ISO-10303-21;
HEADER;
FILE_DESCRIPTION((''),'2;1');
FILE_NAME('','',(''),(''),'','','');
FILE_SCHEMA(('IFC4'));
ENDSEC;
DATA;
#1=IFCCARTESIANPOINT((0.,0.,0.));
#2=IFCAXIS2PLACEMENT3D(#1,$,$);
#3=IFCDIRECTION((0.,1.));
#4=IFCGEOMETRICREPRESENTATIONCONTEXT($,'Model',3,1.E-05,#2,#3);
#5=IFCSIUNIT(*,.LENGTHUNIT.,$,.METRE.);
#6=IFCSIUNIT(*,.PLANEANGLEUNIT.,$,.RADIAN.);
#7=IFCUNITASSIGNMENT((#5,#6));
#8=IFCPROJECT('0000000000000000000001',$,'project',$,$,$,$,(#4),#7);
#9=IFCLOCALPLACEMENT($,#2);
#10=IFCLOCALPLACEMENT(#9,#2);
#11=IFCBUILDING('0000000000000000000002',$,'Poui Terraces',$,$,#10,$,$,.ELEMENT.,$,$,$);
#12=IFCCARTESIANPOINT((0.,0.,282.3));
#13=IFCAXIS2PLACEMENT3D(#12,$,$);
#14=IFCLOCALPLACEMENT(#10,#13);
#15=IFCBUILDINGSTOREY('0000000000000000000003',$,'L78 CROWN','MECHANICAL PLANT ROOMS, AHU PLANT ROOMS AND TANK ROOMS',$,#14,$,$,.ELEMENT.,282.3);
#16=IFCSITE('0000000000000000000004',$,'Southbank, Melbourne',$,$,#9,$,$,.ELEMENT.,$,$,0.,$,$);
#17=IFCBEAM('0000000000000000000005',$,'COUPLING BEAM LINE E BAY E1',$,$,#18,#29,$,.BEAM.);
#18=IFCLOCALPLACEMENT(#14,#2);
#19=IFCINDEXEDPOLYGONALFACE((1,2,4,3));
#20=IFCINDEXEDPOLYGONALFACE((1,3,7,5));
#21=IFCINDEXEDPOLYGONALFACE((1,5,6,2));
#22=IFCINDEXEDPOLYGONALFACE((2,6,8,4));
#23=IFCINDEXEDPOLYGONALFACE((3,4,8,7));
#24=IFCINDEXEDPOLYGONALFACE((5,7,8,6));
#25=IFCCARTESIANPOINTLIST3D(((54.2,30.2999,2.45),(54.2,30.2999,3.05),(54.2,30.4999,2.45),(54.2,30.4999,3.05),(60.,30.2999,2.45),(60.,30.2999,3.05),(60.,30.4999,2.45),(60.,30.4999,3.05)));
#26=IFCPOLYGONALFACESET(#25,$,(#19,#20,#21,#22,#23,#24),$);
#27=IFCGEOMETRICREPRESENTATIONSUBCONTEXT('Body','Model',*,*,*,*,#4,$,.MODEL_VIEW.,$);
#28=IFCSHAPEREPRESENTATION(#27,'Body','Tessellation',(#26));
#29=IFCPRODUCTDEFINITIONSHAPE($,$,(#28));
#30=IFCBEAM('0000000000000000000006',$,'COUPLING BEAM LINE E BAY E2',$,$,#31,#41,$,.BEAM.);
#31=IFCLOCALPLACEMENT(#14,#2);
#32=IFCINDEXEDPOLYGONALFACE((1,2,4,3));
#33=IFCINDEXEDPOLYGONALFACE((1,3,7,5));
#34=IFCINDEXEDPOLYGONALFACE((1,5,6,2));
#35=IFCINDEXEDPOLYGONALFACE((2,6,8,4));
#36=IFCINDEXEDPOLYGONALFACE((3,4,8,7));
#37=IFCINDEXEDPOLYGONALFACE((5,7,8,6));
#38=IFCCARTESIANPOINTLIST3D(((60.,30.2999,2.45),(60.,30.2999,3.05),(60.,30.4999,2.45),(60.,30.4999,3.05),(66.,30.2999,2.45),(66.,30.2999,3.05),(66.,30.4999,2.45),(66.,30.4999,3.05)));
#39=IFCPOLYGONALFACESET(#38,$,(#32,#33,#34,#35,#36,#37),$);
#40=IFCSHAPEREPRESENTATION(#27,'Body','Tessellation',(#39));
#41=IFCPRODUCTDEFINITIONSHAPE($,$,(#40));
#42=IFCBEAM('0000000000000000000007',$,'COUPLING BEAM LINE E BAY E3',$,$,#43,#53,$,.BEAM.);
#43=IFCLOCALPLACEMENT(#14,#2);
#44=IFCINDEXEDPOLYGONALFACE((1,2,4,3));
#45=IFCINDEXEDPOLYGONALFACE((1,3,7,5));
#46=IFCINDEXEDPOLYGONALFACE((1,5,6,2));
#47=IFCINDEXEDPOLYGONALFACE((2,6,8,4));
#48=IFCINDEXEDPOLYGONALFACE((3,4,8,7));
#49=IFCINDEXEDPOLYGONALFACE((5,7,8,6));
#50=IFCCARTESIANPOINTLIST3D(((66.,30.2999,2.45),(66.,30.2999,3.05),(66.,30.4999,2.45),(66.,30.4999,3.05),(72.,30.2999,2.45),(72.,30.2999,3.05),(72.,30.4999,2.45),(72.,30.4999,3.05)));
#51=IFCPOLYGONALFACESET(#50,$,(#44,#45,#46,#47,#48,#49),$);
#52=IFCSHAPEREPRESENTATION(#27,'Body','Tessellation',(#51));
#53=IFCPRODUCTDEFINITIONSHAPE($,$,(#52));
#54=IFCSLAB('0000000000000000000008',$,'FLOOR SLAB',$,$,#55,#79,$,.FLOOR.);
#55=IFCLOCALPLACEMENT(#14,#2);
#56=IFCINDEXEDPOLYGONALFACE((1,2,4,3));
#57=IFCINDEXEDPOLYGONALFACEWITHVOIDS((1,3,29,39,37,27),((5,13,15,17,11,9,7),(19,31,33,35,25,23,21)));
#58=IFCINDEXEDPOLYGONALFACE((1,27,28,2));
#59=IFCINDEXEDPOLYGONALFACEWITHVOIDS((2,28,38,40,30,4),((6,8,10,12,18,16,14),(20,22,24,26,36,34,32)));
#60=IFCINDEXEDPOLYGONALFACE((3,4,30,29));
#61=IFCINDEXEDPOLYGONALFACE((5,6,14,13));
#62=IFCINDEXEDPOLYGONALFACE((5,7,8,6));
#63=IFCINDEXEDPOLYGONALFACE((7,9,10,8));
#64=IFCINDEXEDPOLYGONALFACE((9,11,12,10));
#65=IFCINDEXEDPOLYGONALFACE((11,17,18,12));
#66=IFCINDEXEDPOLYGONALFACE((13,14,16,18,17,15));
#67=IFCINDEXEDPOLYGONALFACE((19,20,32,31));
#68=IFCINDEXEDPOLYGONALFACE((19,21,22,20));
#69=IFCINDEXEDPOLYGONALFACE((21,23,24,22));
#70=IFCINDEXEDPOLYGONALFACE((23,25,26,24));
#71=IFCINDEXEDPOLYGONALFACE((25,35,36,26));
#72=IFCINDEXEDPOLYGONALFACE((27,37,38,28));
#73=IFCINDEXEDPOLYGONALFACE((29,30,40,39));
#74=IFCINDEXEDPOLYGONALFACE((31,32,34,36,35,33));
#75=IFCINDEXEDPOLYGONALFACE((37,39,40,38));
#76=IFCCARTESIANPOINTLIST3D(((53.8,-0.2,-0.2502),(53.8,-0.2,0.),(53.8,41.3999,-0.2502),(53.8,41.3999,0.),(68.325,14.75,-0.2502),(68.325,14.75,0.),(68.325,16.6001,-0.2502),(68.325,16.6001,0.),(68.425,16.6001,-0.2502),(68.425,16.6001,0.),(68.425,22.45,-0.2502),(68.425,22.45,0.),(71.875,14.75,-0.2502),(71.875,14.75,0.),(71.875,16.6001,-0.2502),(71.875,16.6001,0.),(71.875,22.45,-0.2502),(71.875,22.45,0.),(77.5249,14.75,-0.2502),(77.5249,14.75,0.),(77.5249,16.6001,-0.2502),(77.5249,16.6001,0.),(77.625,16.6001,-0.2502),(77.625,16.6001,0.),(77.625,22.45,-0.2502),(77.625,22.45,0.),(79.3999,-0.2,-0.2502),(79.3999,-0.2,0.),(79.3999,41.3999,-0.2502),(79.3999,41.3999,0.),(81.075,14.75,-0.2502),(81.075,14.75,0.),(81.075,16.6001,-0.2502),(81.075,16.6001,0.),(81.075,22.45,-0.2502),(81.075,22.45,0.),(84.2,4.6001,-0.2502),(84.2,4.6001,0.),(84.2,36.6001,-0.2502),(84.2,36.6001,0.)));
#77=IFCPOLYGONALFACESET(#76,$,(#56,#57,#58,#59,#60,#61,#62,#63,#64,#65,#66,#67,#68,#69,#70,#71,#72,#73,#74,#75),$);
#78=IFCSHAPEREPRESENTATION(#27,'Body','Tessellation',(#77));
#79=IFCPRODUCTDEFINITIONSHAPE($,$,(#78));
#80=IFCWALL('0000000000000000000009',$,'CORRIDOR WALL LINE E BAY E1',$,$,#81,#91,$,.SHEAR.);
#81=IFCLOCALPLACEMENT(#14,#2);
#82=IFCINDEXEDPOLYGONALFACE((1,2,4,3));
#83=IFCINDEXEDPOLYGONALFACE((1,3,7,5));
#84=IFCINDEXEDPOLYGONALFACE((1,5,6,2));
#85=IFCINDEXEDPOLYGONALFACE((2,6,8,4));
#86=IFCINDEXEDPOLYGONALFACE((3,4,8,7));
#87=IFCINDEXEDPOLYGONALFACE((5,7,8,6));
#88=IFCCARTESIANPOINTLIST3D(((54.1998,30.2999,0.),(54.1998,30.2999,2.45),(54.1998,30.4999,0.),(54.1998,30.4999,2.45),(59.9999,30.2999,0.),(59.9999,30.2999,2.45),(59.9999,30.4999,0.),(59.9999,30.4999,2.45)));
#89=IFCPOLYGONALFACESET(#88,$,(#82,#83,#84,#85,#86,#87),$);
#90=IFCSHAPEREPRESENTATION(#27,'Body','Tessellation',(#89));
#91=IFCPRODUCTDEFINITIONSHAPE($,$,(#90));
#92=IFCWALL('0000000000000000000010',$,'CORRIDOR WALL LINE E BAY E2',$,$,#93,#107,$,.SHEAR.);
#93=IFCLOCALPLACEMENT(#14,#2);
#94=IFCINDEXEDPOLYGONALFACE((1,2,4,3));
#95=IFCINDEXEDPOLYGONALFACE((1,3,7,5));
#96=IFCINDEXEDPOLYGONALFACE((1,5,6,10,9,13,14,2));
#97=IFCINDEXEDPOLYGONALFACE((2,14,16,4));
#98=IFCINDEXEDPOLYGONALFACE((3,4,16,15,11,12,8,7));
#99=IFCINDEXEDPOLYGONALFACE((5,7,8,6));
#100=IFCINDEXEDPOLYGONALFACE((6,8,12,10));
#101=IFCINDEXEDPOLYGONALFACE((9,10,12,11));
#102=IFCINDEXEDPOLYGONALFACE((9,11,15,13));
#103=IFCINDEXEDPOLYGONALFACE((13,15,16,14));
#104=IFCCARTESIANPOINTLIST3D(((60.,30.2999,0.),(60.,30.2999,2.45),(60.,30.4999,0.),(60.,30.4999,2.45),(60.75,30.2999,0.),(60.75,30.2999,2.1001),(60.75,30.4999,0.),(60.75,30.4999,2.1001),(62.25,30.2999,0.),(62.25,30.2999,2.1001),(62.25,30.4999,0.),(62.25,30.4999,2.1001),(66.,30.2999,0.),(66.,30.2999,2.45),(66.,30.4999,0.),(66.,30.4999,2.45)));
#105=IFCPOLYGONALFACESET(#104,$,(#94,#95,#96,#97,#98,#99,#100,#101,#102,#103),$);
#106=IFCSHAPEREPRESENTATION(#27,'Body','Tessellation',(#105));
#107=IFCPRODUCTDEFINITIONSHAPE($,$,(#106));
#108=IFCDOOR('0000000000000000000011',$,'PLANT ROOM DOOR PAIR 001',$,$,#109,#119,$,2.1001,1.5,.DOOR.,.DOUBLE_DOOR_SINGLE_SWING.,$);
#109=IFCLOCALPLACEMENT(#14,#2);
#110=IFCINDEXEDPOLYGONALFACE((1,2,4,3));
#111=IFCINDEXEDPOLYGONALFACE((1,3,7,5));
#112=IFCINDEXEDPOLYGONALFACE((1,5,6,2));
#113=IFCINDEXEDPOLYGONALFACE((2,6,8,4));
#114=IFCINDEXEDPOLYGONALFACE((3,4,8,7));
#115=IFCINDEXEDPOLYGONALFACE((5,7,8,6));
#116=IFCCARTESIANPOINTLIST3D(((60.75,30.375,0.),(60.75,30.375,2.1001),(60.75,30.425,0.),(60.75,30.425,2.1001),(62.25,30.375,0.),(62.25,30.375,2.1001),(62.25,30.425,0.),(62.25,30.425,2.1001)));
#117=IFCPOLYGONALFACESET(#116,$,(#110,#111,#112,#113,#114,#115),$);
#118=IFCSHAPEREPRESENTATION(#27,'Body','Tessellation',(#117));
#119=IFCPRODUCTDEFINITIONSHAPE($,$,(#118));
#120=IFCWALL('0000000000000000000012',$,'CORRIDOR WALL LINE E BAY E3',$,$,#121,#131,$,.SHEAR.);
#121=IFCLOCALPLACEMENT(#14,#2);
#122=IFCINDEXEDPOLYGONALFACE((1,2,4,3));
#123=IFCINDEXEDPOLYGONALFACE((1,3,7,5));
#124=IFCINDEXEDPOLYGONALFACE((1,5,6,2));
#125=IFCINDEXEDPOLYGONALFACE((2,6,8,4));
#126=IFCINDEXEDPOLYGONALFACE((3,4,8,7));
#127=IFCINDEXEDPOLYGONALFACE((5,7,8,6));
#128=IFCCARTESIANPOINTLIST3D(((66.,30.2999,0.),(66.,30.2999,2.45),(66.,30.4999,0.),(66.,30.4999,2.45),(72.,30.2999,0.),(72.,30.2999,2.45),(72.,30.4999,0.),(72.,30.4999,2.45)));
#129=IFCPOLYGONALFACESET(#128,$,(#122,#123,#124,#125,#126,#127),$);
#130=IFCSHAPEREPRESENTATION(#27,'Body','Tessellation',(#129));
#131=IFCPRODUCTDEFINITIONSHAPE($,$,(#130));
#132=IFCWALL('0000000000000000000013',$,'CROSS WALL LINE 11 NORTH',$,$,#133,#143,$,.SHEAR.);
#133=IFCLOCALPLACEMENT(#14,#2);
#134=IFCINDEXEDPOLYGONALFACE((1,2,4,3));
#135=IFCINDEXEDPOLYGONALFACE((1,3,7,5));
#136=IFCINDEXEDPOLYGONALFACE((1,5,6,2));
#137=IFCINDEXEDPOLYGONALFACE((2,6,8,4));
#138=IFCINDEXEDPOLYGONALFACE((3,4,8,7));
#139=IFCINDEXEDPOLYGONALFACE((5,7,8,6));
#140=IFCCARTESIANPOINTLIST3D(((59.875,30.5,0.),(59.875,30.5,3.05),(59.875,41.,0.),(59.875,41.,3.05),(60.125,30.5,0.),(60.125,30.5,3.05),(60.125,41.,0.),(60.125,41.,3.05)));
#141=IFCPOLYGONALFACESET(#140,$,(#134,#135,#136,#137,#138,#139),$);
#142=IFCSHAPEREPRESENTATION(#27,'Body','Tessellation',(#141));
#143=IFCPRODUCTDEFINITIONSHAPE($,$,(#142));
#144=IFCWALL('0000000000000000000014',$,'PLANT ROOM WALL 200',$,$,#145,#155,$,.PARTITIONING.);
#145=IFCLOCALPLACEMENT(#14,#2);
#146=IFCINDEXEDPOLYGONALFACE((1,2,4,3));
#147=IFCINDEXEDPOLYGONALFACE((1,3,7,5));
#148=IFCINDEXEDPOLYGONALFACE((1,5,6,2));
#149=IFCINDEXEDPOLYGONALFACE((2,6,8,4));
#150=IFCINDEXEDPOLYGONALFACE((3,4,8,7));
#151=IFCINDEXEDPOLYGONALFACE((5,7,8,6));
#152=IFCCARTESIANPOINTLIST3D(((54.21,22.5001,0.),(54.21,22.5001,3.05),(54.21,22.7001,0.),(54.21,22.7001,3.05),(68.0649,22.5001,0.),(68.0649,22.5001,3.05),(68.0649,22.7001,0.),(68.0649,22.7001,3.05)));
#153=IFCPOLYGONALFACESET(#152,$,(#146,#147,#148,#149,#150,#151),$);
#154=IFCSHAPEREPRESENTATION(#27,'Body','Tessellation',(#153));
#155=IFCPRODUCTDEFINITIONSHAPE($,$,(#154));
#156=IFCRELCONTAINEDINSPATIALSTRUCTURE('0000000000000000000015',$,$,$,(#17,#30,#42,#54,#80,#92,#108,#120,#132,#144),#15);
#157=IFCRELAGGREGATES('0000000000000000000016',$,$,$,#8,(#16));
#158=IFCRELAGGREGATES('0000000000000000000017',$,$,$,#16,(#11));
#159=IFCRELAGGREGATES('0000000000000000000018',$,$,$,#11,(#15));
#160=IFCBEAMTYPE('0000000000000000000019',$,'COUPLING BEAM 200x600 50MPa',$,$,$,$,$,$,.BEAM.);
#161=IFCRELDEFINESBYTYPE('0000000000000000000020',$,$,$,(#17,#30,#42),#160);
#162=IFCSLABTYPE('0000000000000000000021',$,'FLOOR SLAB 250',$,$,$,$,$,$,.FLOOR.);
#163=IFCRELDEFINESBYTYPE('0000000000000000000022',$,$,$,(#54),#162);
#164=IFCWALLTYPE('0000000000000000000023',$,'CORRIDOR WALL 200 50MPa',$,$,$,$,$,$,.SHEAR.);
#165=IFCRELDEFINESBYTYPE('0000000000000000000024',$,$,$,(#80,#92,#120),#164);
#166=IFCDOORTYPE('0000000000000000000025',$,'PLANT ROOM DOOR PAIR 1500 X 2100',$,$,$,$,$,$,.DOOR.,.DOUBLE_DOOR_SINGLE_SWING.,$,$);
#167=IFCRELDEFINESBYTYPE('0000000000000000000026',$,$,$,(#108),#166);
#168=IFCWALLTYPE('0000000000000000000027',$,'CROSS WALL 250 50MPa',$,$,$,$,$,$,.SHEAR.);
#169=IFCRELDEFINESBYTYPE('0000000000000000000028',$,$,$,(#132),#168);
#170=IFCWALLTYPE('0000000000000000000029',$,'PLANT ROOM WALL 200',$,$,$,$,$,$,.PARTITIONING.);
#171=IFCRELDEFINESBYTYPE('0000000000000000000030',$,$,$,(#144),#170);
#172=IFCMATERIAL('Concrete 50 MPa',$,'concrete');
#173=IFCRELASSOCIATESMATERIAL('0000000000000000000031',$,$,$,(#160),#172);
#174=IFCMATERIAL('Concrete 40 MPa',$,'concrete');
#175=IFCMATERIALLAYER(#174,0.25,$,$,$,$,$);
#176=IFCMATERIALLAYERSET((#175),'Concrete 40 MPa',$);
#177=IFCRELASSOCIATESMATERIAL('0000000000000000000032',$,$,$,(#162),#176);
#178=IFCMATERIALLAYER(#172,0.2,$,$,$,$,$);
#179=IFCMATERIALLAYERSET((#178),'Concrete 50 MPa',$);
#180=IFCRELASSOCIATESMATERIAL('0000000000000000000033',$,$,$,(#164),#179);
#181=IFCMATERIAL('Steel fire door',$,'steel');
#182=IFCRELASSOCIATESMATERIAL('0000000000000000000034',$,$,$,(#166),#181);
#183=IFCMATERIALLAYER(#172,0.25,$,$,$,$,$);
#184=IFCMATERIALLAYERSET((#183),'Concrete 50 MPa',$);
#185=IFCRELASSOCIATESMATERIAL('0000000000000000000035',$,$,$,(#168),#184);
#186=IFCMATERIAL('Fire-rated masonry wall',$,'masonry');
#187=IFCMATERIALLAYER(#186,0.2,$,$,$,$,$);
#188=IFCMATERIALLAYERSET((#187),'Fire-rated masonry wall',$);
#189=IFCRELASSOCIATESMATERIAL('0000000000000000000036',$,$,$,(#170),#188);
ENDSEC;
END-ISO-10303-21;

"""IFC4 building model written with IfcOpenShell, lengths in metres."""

from ifc_helpers import new_model, si_unit, direction, frame, frame_2d, origin, origin_2d, place, context, subcontext, project, spatial, polyline, rectangle, outline, extrude, source, transform, mapped, material, layer, layer_set, material_profile, profile_set, type_object, element, fill, save


model = new_model("IFC4")

# Units and contexts
model_context = context("Model", 3, precision=1e-05, world=origin(), true_north=direction((0.0, 1.0)))
body_context = subcontext(model_context, "Body", "Model", "MODEL_VIEW")
ifc_project = project(units=[si_unit("LENGTHUNIT", "METRE"), si_unit("PLANEANGLEUNIT", "RADIAN")], contexts=[model_context])

# Site, building, storey
site_placement = place(None, origin())
site = spatial("IfcSite", under=ifc_project, at=site_placement, Name="Southbank, Melbourne", CompositionType="ELEMENT", RefElevation=0.0)
building_placement = place(site_placement, origin())
building = spatial("IfcBuilding", under=site, at=building_placement, Name="Poui Terraces", CompositionType="ELEMENT")
storey_placement = place(building_placement, frame((0.0, 0.0, 282.3)))
storey = spatial("IfcBuildingStorey", under=building, at=storey_placement, Name="L78 CROWN", Description="MECHANICAL PLANT ROOMS, AHU PLANT ROOMS AND TANK ROOMS", CompositionType="ELEMENT", Elevation=282.3)

# Beams
ifc_material_1 = material(Name="Concrete 50 MPa", Category="concrete")
ifc_material_profile_1 = material_profile(ifc_material_1, rectangle(XDim=0.2, YDim=0.6001, at=origin_2d()), Name="RC 200x600")
ifc_profile_set_1 = profile_set([ifc_material_profile_1], Name="Concrete 50 MPa")
beam_type = type_object("IfcBeamType", Name="COUPLING BEAM 200x600 50MPa", PredefinedType="BEAM", material=ifc_profile_set_1)
shared_shape_1 = source(origin(), body_context, "Body", "SweptSolid", [
    extrude(rectangle(XDim=0.2, YDim=0.6001, at=origin_2d()), origin(), (0.0, 0.0, 1.0), 5.8),
])
beam_placement = place(storey_placement, frame((54.2, 30.3999, 2.75), z_axis=(1.0, 0.0, 0.0), x_axis=(0.0, 1.0, 0.0)))
element("IfcBeam", 1, at=beam_placement, inside=storey, type_object=beam_type, Name="COUPLING BEAM LINE E BAY E1", PredefinedType="BEAM", context=body_context, shape_type="MappedRepresentation", body=[
    mapped(shared_shape_1, transform((0.0, 0.0, 0.0))),
])
shared_shape_2 = source(origin(), body_context, "Body", "SweptSolid", [
    extrude(rectangle(XDim=0.2, YDim=0.6001, at=origin_2d()), origin(), (0.0, 0.0, 1.0), 6.0),
])
for number, where, z_axis, x_axis, name in (
    (2, (60.0, 30.3999, 2.75), (1.0, 0.0, 0.0), (0.0, 1.0, 0.0), "COUPLING BEAM LINE E BAY E2"),
    (3, (66.0, 30.3999, 2.75), (1.0, 0.0, 0.0), (0.0, 1.0, 0.0), "COUPLING BEAM LINE E BAY E3"),
):
    element("IfcBeam", number, at=place(storey_placement, frame(where, z_axis=z_axis, x_axis=x_axis)), inside=storey, type_object=beam_type, Name=name, PredefinedType="BEAM", context=body_context, shape_type="MappedRepresentation", body=[
        mapped(shared_shape_2, transform((0.0, 0.0, 0.0))),
    ])

# Slab
ifc_material_2 = material(Name="Concrete 40 MPa", Category="concrete")
ifc_layer_1 = layer(ifc_material_2, 0.25)
ifc_layer_set_1 = layer_set([ifc_layer_1], Name="Concrete 40 MPa")
slab_type = type_object("IfcSlabType", Name="FLOOR SLAB 250", PredefinedType="FLOOR", material=ifc_layer_set_1)
shared_shape_3 = source(origin(), body_context, "Body", "SweptSolid", [
    extrude(outline(polyline([(0.0, 0.0), (0.0, -41.5999), (25.5999, -41.5999), (30.3999, -36.7998), (30.3999, -4.7998), (25.5999, 0.0), (0.0, 0.0)]), holes=[polyline([(14.5249, -24.7998), (14.625, -24.7998), (14.625, -18.95), (18.075, -18.95), (18.075, -24.7998), (18.075, -26.6499), (14.5249, -26.6499), (14.5249, -24.7998)]), polyline([(23.825, -24.7998), (23.825, -18.95), (27.2749, -18.95), (27.2749, -24.7998), (27.2749, -26.6499), (23.7249, -26.6499), (23.7249, -24.7998), (23.825, -24.7998)])]), origin(), (0.0, 0.0, 1.0), 0.2502),
])
slab_placement = place(storey_placement, frame((53.8, 41.3999, -0.2502)))
element("IfcSlab", 4, at=slab_placement, inside=storey, type_object=slab_type, Name="FLOOR SLAB", PredefinedType="FLOOR", context=body_context, shape_type="MappedRepresentation", body=[
    mapped(shared_shape_3, transform((0.0, 0.0, 0.0))),
])

# Wall
ifc_layer_2 = layer(ifc_material_1, 0.2)
ifc_layer_set_2 = layer_set([ifc_layer_2], Name="Concrete 50 MPa")
wall_type_1 = type_object("IfcWallType", Name="CORRIDOR WALL 200 50MPa", PredefinedType="SHEAR", material=ifc_layer_set_2)
wall_1_placement = place(storey_placement, frame((54.2, 30.3999, 0.0), z_axis=(0.0, 0.0, 1.0), x_axis=(1.0, 0.0, 0.0)))
element("IfcWall", 5, at=wall_1_placement, inside=storey, type_object=wall_type_1, Name="CORRIDOR WALL LINE E BAY E1", PredefinedType="SHEAR", context=body_context, shape_type="SweptSolid", body=[
    extrude(rectangle(XDim=5.8, YDim=0.2, at=frame_2d((2.8999, 0.0))), origin(), (0.0, 0.0, 1.0), 2.45),
])

# Wall, opening, door
wall_2_placement = place(storey_placement, frame((60.0, 30.3999, 0.0), z_axis=(0.0, 0.0, 1.0), x_axis=(1.0, 0.0, 0.0)))
wall_2 = element("IfcWall", 6, at=wall_2_placement, inside=storey, type_object=wall_type_1, Name="CORRIDOR WALL LINE E BAY E2", PredefinedType="SHEAR", context=body_context, shape_type="SweptSolid", body=[
    extrude(rectangle(XDim=6.0, YDim=0.2, at=frame_2d((3.0, 0.0))), origin(), (0.0, 0.0, 1.0), 2.45),
])
opening_1_placement = place(wall_2_placement, frame((0.75, 0.0, 0.0)))
opening_1 = element("IfcOpeningElement", 7, at=opening_1_placement, cuts=wall_2, PredefinedType="OPENING", context=body_context, shape_type="SweptSolid", body=[
    extrude(rectangle(XDim=1.5, YDim=2.1001, at=frame_2d((0.75, 1.05))), frame((0.0, 0.1099, 0.0), z_axis=(0.0, -1.0, 0.0), x_axis=(1.0, 0.0, 0.0)), (0.0, 0.0, 1.0), 0.22),
])
ifc_material_3 = material(Name="Steel fire door", Category="steel")
door_type = type_object("IfcDoorType", Name="PLANT ROOM DOOR PAIR 1500 X 2100", OperationType="DOUBLE_DOOR_SINGLE_SWING", PredefinedType="DOOR", material=ifc_material_3)
door_1_placement = place(opening_1_placement, frame((1.5, 0.0, 0.0), z_axis=(0.0, 0.0, 1.0), x_axis=(-1.0, 0.0, 0.0)))
door_1 = element("IfcDoor", 8, at=door_1_placement, inside=storey, type_object=door_type, Name="PLANT ROOM DOOR PAIR 001", OperationType="DOUBLE_DOOR_SINGLE_SWING", OverallHeight=2.1001, OverallWidth=1.5, PredefinedType="DOOR", context=body_context, shape_type="SweptSolid", body=[
    extrude(rectangle(XDim=1.5, YDim=2.1001, at=frame_2d((0.75, 1.05))), frame((0.0, 0.0249, 0.0), z_axis=(0.0, -1.0, 0.0), x_axis=(1.0, 0.0, 0.0)), (0.0, 0.0, 1.0), 0.05),
])
fill(opening_1, door_1)

# Walls
wall_3_placement = place(storey_placement, frame((66.0, 30.3999, 0.0), z_axis=(0.0, 0.0, 1.0), x_axis=(1.0, 0.0, 0.0)))
element("IfcWall", 9, at=wall_3_placement, inside=storey, type_object=wall_type_1, Name="CORRIDOR WALL LINE E BAY E3", PredefinedType="SHEAR", context=body_context, shape_type="SweptSolid", body=[
    extrude(rectangle(XDim=6.0, YDim=0.2, at=frame_2d((3.0, 0.0))), origin(), (0.0, 0.0, 1.0), 2.45),
])
ifc_layer_3 = layer(ifc_material_1, 0.25)
ifc_layer_set_3 = layer_set([ifc_layer_3], Name="Concrete 50 MPa")
wall_type_2 = type_object("IfcWallType", Name="CROSS WALL 250 50MPa", PredefinedType="SHEAR", material=ifc_layer_set_3)
wall_4_placement = place(storey_placement, frame((60.0, 30.5, 0.0), z_axis=(0.0, 0.0, 1.0), x_axis=(0.0, 1.0, 0.0)))
element("IfcWall", 10, at=wall_4_placement, inside=storey, type_object=wall_type_2, Name="CROSS WALL LINE 11 NORTH", PredefinedType="SHEAR", context=body_context, shape_type="SweptSolid", body=[
    extrude(rectangle(XDim=10.5, YDim=0.25, at=frame_2d((5.25, 0.0))), origin(), (0.0, 0.0, 1.0), 3.05),
])
ifc_material_4 = material(Name="Fire-rated masonry wall", Category="masonry")
ifc_layer_4 = layer(ifc_material_4, 0.2)
ifc_layer_set_4 = layer_set([ifc_layer_4], Name="Fire-rated masonry wall")
wall_type_3 = type_object("IfcWallType", Name="PLANT ROOM WALL 200", PredefinedType="PARTITIONING", material=ifc_layer_set_4)
wall_5_placement = place(storey_placement, frame((54.21, 22.6001, 0.0), z_axis=(0.0, 0.0, 1.0), x_axis=(1.0, 0.0, 0.0)))
element("IfcWall", 11, at=wall_5_placement, inside=storey, type_object=wall_type_3, Name="PLANT ROOM WALL 200", PredefinedType="PARTITIONING", context=body_context, shape_type="SweptSolid", body=[
    extrude(rectangle(XDim=13.855, YDim=0.2, at=frame_2d((6.9275, 0.0))), origin(), (0.0, 0.0, 1.0), 3.05),
])

save(model, "model.ifc")
